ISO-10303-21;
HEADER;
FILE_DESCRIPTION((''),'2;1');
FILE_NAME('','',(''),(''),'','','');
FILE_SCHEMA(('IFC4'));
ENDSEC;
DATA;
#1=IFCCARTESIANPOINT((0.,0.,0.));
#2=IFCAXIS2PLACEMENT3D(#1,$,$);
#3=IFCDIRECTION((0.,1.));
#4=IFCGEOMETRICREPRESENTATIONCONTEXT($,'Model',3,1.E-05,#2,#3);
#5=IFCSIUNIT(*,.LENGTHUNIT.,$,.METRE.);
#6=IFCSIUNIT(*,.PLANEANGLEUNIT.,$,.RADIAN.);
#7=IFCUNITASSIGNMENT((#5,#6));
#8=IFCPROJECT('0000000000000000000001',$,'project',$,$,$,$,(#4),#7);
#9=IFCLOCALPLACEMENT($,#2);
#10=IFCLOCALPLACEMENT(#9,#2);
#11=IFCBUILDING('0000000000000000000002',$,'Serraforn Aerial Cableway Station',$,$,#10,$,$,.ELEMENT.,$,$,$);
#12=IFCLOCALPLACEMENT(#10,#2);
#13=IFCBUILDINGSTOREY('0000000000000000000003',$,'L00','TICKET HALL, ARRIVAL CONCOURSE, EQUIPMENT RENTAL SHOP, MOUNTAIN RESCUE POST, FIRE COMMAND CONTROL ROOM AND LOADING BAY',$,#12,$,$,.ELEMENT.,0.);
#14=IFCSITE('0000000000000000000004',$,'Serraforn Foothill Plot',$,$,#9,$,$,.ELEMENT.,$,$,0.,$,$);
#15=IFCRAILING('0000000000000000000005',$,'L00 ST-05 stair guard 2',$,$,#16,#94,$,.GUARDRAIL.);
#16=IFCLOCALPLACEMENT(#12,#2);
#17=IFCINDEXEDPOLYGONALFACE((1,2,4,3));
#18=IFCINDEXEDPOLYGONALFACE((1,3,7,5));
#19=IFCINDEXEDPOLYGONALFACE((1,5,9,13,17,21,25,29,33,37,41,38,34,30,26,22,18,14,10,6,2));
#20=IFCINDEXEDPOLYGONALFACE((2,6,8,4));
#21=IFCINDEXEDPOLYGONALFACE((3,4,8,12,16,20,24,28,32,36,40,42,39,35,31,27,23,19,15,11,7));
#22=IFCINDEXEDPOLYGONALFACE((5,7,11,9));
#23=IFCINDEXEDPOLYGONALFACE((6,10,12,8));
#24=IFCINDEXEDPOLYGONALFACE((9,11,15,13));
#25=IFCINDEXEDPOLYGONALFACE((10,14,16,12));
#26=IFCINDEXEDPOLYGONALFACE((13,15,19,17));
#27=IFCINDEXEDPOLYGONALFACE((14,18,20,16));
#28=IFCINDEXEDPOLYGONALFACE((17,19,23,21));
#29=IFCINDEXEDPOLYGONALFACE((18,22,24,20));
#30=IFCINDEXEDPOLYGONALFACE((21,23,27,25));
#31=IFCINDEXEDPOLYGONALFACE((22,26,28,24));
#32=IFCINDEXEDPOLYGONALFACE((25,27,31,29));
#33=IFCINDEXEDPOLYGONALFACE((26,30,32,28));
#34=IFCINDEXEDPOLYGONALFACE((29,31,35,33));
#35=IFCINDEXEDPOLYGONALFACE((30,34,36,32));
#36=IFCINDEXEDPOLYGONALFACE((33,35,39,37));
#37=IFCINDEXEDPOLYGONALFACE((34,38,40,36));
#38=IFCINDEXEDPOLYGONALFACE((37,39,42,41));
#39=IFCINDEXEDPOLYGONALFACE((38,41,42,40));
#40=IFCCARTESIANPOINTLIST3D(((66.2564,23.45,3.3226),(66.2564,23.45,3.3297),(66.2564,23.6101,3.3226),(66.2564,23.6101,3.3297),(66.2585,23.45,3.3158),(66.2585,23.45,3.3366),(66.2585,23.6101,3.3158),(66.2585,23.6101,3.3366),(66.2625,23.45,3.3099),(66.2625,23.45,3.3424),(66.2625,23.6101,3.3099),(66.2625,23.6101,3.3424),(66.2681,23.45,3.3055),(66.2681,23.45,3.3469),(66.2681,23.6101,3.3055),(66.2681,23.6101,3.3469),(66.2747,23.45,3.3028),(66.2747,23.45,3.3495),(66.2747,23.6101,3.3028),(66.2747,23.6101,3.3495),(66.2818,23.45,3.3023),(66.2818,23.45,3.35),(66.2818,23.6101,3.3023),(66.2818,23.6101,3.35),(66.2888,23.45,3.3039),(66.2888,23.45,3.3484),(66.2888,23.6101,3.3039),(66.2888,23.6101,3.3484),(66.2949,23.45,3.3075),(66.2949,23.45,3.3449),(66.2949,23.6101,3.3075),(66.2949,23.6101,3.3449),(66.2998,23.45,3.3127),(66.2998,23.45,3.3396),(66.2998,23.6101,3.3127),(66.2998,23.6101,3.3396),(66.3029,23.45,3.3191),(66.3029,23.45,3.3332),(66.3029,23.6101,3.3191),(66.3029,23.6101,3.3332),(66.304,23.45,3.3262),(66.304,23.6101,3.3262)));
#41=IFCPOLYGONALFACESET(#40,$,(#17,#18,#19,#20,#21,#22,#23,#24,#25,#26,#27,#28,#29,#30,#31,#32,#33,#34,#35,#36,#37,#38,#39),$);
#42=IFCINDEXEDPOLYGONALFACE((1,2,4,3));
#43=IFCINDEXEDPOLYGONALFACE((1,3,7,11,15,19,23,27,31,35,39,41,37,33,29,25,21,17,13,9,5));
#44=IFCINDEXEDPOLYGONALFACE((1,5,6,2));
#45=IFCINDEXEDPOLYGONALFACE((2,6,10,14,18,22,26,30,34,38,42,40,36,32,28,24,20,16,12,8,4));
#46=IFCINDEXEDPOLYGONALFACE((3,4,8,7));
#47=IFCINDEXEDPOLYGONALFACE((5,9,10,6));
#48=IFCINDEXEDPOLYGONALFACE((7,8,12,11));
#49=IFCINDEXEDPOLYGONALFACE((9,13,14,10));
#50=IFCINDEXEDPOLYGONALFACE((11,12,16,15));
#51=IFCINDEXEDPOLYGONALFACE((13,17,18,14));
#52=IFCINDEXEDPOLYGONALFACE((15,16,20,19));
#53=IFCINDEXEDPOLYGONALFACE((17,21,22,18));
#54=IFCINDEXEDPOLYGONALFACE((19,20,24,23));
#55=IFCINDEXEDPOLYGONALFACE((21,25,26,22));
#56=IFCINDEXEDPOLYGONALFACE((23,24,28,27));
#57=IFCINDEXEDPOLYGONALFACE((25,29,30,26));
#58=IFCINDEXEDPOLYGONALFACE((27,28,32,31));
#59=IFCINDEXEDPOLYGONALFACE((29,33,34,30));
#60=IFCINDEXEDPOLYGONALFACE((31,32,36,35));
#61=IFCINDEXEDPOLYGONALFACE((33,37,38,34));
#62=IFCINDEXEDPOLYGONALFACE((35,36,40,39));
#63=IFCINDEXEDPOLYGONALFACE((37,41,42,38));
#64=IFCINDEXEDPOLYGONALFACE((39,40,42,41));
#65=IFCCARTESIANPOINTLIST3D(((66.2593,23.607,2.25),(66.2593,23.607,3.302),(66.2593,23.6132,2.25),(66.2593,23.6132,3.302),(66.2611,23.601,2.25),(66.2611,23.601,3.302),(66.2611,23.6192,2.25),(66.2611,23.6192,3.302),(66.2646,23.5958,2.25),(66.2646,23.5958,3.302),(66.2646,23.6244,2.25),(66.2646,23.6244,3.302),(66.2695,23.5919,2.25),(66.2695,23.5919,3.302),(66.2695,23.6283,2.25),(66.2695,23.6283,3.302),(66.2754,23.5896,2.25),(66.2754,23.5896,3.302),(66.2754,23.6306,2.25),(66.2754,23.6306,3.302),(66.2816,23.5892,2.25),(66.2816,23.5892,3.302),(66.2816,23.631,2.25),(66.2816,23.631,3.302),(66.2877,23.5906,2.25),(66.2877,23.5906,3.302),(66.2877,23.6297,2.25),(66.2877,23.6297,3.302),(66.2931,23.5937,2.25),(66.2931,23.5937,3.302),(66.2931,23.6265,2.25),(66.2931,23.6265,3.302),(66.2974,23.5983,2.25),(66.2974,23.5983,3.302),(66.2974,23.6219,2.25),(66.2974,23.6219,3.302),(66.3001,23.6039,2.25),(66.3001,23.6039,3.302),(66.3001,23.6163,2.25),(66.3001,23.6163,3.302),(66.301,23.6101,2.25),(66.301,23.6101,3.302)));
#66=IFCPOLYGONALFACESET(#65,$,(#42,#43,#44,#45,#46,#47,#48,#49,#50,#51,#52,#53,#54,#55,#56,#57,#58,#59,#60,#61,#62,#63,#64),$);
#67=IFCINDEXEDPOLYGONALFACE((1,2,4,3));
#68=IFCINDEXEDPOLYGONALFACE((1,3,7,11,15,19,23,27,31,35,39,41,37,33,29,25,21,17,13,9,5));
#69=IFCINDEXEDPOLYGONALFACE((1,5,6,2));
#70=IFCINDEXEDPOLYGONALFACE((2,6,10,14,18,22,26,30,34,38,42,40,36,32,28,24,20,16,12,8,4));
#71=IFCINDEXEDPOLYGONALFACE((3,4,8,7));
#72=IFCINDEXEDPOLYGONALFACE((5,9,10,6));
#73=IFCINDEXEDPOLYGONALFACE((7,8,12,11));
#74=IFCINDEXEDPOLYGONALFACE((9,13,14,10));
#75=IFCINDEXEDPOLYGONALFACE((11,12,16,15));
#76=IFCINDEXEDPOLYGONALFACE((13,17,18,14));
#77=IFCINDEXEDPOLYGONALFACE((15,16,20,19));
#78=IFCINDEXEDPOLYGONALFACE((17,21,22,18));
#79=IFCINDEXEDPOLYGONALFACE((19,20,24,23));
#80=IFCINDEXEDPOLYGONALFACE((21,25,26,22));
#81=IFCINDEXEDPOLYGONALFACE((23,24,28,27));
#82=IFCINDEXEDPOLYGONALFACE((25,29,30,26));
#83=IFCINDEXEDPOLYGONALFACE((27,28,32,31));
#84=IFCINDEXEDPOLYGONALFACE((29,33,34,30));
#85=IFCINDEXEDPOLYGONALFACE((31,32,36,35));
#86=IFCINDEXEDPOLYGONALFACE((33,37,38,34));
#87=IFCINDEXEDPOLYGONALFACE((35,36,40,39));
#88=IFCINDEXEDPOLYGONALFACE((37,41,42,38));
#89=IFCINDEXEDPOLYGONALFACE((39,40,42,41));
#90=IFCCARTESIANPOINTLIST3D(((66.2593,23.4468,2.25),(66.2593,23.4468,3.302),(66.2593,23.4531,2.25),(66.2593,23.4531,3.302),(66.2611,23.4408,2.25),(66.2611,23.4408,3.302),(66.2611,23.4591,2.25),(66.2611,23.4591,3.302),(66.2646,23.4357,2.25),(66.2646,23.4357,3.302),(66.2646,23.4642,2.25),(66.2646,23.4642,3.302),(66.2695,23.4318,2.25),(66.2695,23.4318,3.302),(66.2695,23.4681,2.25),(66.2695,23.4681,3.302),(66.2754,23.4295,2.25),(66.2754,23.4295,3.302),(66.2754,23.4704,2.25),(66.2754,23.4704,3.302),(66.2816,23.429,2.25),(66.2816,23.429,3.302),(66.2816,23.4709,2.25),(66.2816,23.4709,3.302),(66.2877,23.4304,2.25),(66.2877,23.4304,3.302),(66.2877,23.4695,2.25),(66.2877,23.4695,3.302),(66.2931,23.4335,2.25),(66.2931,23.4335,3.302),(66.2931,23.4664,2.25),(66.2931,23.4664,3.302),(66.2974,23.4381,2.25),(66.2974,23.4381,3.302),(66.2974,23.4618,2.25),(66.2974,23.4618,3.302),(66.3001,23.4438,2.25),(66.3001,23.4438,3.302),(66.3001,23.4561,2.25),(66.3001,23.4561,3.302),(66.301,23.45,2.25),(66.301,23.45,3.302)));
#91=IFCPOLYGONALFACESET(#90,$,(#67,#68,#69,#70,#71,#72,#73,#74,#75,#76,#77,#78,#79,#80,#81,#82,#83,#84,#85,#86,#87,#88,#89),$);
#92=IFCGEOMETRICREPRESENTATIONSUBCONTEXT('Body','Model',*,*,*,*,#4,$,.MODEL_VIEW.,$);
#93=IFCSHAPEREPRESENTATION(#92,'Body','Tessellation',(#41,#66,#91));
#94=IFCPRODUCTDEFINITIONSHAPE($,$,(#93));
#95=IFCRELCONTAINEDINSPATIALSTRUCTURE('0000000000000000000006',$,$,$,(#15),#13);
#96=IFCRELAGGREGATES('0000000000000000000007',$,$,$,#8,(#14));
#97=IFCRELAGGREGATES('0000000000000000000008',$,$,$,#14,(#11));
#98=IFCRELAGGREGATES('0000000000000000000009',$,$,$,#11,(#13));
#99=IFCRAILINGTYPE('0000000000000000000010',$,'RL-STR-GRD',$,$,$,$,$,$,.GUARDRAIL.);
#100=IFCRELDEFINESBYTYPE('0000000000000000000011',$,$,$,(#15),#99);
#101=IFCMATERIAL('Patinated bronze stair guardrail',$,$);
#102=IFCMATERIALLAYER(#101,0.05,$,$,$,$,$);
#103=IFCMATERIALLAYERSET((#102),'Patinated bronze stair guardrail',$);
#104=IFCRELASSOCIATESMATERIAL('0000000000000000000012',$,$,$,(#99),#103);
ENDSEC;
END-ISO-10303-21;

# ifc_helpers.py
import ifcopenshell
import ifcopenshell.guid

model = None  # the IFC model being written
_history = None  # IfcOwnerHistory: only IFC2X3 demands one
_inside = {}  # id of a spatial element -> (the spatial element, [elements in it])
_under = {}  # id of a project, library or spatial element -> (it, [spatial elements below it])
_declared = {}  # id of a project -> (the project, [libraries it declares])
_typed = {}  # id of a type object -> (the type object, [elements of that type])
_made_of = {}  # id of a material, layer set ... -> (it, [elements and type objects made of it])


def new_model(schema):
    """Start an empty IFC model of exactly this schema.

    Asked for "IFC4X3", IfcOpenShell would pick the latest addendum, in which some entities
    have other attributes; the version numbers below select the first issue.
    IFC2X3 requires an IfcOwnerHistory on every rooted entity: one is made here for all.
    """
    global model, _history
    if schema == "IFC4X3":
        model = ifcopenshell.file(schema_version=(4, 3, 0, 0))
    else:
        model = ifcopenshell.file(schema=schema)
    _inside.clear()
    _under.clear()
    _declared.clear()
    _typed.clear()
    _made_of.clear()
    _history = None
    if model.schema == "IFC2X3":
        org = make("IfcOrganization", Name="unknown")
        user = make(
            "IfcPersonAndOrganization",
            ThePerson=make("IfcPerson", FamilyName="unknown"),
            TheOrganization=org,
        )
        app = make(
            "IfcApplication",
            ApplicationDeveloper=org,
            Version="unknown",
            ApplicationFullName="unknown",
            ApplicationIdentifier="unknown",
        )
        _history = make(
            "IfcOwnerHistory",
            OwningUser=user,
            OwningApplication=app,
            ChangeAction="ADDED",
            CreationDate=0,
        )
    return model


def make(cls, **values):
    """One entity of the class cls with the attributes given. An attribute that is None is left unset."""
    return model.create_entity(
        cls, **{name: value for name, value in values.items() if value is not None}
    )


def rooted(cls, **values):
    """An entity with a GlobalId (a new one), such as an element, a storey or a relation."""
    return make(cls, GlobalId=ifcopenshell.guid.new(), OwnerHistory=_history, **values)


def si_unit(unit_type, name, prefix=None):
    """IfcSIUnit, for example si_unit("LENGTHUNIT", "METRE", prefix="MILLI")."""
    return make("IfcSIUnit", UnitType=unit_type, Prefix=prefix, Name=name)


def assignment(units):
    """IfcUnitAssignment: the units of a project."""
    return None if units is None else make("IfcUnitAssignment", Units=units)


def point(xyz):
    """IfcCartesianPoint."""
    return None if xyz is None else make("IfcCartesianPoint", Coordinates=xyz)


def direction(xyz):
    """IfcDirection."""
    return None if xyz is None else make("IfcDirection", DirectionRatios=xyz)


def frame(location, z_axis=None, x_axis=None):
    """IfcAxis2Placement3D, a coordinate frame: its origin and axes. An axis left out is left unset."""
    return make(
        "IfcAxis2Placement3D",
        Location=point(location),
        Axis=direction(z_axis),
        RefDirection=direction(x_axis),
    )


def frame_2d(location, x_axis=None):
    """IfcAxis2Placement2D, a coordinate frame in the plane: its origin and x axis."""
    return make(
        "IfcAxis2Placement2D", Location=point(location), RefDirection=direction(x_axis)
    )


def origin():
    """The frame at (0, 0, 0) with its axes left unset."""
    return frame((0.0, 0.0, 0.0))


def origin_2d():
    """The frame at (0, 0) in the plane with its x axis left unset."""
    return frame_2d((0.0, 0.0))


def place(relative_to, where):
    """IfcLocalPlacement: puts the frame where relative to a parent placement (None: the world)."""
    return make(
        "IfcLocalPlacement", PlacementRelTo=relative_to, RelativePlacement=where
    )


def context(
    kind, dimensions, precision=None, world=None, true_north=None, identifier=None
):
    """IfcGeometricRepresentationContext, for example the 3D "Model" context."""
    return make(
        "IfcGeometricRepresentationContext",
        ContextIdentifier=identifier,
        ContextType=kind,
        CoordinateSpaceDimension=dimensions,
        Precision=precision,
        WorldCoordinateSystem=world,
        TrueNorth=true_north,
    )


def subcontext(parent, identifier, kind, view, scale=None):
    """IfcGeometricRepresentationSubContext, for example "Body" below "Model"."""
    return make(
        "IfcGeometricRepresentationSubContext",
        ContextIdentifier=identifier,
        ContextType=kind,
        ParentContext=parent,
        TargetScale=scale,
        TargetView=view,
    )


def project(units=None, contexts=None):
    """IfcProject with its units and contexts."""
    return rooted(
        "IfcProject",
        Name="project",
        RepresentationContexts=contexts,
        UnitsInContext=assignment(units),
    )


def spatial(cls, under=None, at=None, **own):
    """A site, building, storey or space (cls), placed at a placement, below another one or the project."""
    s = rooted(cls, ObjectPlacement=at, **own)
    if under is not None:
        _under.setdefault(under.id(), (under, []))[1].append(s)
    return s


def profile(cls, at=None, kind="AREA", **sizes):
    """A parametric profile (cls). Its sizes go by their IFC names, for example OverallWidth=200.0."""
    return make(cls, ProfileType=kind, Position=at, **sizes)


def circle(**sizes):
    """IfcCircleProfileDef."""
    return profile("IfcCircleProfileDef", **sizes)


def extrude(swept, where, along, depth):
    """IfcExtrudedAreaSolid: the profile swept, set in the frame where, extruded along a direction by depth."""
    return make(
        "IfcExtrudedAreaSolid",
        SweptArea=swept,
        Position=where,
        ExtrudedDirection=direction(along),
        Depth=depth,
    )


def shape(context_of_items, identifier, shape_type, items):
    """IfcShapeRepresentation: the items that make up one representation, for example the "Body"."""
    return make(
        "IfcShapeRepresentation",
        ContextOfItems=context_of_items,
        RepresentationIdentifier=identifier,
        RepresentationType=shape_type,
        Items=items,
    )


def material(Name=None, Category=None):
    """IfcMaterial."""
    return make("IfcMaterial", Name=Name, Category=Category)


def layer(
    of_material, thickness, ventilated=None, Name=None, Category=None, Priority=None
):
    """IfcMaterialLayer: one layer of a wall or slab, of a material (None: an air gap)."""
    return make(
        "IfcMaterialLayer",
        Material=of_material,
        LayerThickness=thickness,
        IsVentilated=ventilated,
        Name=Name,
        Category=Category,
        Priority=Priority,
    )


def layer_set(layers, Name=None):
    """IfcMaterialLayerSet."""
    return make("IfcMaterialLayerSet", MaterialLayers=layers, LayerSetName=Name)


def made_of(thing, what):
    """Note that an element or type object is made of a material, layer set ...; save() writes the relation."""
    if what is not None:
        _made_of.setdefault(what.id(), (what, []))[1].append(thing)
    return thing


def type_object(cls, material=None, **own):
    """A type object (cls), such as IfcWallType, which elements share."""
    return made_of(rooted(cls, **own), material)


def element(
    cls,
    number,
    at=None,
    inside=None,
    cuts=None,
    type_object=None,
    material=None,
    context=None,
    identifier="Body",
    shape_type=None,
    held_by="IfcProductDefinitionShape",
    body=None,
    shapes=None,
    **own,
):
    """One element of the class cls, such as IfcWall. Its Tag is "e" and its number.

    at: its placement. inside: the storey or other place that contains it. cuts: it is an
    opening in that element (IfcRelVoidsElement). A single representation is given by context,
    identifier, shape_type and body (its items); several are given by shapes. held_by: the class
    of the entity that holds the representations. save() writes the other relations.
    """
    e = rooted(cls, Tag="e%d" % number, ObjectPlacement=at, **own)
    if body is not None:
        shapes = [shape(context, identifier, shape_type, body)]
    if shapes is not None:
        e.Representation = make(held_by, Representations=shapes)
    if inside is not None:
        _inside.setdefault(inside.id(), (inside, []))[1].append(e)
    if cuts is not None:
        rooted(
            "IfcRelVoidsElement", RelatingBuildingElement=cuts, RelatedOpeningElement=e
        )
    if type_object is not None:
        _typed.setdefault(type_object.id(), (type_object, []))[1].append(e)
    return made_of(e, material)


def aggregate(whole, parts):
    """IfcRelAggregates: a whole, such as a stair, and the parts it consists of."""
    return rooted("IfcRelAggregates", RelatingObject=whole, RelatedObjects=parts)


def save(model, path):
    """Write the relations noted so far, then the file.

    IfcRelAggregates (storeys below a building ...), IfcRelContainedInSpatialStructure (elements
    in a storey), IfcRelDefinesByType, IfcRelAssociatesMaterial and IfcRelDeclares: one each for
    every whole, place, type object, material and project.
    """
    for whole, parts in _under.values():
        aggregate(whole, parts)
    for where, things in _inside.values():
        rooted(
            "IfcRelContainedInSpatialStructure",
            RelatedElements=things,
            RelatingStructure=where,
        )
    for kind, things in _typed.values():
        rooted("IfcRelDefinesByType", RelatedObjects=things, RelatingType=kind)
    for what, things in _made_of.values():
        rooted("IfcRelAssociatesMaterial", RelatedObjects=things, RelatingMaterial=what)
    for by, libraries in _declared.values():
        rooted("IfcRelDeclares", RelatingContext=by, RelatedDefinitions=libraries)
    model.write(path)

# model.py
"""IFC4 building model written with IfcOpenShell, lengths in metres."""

from ifc_helpers import new_model, si_unit, direction, frame, origin, origin_2d, place, context, subcontext, project, spatial, circle, extrude, material, layer, layer_set, type_object, element, save


model = new_model("IFC4")

# Units and contexts
model_context = context("Model", 3, precision=1e-05, world=origin(), true_north=direction((0.0, 1.0)))
body_context = subcontext(model_context, "Body", "Model", "MODEL_VIEW")
ifc_project = project(units=[si_unit("LENGTHUNIT", "METRE"), si_unit("PLANEANGLEUNIT", "RADIAN")], contexts=[model_context])

# Site, building, storey
site_placement = place(None, origin())
site = spatial("IfcSite", under=ifc_project, at=site_placement, Name="Serraforn Foothill Plot", CompositionType="ELEMENT", RefElevation=0.0)
building_placement = place(site_placement, origin())
building = spatial("IfcBuilding", under=site, at=building_placement, Name="Serraforn Aerial Cableway Station", CompositionType="ELEMENT")
storey_placement = place(building_placement, origin())
storey = spatial("IfcBuildingStorey", under=building, at=storey_placement, Name="L00", Description="TICKET HALL, ARRIVAL CONCOURSE, EQUIPMENT RENTAL SHOP, MOUNTAIN RESCUE POST, FIRE COMMAND CONTROL ROOM AND LOADING BAY", CompositionType="ELEMENT", Elevation=0.0)

# Railing
ifc_material_1 = material(Name="Patinated bronze stair guardrail")
ifc_layer_1 = layer(ifc_material_1, 0.05)
ifc_layer_set_1 = layer_set([ifc_layer_1], Name="Patinated bronze stair guardrail")
railing_type_1 = type_object("IfcRailingType", Name="RL-STR-GRD", PredefinedType="GUARDRAIL", material=ifc_layer_set_1)
railing_1_placement = place(storey_placement, frame((66.28, 23.6101, 2.25)))
element("IfcRailing", 1, at=railing_1_placement, inside=storey, type_object=railing_type_1, Name="L00 ST-05 stair guard 2", PredefinedType="GUARDRAIL", context=body_context, shape_type="SweptSolid", body=[
    extrude(circle(Radius=0.0239, at=origin_2d()), frame((0.0, 0.0, 1.0762), z_axis=(0.0, -1.0, 0.0), x_axis=(1.0, 0.0, 0.0)), (0.0, 0.0, 1.0), 0.1602),
    extrude(circle(Radius=0.021, at=origin_2d()), origin(), (0.0, 0.0, 1.0), 1.052),
    extrude(circle(Radius=0.021, at=origin_2d()), frame((0.0, -0.1602, 0.0)), (0.0, 0.0, 1.0), 1.052),
])

save(model, "model.ifc")
